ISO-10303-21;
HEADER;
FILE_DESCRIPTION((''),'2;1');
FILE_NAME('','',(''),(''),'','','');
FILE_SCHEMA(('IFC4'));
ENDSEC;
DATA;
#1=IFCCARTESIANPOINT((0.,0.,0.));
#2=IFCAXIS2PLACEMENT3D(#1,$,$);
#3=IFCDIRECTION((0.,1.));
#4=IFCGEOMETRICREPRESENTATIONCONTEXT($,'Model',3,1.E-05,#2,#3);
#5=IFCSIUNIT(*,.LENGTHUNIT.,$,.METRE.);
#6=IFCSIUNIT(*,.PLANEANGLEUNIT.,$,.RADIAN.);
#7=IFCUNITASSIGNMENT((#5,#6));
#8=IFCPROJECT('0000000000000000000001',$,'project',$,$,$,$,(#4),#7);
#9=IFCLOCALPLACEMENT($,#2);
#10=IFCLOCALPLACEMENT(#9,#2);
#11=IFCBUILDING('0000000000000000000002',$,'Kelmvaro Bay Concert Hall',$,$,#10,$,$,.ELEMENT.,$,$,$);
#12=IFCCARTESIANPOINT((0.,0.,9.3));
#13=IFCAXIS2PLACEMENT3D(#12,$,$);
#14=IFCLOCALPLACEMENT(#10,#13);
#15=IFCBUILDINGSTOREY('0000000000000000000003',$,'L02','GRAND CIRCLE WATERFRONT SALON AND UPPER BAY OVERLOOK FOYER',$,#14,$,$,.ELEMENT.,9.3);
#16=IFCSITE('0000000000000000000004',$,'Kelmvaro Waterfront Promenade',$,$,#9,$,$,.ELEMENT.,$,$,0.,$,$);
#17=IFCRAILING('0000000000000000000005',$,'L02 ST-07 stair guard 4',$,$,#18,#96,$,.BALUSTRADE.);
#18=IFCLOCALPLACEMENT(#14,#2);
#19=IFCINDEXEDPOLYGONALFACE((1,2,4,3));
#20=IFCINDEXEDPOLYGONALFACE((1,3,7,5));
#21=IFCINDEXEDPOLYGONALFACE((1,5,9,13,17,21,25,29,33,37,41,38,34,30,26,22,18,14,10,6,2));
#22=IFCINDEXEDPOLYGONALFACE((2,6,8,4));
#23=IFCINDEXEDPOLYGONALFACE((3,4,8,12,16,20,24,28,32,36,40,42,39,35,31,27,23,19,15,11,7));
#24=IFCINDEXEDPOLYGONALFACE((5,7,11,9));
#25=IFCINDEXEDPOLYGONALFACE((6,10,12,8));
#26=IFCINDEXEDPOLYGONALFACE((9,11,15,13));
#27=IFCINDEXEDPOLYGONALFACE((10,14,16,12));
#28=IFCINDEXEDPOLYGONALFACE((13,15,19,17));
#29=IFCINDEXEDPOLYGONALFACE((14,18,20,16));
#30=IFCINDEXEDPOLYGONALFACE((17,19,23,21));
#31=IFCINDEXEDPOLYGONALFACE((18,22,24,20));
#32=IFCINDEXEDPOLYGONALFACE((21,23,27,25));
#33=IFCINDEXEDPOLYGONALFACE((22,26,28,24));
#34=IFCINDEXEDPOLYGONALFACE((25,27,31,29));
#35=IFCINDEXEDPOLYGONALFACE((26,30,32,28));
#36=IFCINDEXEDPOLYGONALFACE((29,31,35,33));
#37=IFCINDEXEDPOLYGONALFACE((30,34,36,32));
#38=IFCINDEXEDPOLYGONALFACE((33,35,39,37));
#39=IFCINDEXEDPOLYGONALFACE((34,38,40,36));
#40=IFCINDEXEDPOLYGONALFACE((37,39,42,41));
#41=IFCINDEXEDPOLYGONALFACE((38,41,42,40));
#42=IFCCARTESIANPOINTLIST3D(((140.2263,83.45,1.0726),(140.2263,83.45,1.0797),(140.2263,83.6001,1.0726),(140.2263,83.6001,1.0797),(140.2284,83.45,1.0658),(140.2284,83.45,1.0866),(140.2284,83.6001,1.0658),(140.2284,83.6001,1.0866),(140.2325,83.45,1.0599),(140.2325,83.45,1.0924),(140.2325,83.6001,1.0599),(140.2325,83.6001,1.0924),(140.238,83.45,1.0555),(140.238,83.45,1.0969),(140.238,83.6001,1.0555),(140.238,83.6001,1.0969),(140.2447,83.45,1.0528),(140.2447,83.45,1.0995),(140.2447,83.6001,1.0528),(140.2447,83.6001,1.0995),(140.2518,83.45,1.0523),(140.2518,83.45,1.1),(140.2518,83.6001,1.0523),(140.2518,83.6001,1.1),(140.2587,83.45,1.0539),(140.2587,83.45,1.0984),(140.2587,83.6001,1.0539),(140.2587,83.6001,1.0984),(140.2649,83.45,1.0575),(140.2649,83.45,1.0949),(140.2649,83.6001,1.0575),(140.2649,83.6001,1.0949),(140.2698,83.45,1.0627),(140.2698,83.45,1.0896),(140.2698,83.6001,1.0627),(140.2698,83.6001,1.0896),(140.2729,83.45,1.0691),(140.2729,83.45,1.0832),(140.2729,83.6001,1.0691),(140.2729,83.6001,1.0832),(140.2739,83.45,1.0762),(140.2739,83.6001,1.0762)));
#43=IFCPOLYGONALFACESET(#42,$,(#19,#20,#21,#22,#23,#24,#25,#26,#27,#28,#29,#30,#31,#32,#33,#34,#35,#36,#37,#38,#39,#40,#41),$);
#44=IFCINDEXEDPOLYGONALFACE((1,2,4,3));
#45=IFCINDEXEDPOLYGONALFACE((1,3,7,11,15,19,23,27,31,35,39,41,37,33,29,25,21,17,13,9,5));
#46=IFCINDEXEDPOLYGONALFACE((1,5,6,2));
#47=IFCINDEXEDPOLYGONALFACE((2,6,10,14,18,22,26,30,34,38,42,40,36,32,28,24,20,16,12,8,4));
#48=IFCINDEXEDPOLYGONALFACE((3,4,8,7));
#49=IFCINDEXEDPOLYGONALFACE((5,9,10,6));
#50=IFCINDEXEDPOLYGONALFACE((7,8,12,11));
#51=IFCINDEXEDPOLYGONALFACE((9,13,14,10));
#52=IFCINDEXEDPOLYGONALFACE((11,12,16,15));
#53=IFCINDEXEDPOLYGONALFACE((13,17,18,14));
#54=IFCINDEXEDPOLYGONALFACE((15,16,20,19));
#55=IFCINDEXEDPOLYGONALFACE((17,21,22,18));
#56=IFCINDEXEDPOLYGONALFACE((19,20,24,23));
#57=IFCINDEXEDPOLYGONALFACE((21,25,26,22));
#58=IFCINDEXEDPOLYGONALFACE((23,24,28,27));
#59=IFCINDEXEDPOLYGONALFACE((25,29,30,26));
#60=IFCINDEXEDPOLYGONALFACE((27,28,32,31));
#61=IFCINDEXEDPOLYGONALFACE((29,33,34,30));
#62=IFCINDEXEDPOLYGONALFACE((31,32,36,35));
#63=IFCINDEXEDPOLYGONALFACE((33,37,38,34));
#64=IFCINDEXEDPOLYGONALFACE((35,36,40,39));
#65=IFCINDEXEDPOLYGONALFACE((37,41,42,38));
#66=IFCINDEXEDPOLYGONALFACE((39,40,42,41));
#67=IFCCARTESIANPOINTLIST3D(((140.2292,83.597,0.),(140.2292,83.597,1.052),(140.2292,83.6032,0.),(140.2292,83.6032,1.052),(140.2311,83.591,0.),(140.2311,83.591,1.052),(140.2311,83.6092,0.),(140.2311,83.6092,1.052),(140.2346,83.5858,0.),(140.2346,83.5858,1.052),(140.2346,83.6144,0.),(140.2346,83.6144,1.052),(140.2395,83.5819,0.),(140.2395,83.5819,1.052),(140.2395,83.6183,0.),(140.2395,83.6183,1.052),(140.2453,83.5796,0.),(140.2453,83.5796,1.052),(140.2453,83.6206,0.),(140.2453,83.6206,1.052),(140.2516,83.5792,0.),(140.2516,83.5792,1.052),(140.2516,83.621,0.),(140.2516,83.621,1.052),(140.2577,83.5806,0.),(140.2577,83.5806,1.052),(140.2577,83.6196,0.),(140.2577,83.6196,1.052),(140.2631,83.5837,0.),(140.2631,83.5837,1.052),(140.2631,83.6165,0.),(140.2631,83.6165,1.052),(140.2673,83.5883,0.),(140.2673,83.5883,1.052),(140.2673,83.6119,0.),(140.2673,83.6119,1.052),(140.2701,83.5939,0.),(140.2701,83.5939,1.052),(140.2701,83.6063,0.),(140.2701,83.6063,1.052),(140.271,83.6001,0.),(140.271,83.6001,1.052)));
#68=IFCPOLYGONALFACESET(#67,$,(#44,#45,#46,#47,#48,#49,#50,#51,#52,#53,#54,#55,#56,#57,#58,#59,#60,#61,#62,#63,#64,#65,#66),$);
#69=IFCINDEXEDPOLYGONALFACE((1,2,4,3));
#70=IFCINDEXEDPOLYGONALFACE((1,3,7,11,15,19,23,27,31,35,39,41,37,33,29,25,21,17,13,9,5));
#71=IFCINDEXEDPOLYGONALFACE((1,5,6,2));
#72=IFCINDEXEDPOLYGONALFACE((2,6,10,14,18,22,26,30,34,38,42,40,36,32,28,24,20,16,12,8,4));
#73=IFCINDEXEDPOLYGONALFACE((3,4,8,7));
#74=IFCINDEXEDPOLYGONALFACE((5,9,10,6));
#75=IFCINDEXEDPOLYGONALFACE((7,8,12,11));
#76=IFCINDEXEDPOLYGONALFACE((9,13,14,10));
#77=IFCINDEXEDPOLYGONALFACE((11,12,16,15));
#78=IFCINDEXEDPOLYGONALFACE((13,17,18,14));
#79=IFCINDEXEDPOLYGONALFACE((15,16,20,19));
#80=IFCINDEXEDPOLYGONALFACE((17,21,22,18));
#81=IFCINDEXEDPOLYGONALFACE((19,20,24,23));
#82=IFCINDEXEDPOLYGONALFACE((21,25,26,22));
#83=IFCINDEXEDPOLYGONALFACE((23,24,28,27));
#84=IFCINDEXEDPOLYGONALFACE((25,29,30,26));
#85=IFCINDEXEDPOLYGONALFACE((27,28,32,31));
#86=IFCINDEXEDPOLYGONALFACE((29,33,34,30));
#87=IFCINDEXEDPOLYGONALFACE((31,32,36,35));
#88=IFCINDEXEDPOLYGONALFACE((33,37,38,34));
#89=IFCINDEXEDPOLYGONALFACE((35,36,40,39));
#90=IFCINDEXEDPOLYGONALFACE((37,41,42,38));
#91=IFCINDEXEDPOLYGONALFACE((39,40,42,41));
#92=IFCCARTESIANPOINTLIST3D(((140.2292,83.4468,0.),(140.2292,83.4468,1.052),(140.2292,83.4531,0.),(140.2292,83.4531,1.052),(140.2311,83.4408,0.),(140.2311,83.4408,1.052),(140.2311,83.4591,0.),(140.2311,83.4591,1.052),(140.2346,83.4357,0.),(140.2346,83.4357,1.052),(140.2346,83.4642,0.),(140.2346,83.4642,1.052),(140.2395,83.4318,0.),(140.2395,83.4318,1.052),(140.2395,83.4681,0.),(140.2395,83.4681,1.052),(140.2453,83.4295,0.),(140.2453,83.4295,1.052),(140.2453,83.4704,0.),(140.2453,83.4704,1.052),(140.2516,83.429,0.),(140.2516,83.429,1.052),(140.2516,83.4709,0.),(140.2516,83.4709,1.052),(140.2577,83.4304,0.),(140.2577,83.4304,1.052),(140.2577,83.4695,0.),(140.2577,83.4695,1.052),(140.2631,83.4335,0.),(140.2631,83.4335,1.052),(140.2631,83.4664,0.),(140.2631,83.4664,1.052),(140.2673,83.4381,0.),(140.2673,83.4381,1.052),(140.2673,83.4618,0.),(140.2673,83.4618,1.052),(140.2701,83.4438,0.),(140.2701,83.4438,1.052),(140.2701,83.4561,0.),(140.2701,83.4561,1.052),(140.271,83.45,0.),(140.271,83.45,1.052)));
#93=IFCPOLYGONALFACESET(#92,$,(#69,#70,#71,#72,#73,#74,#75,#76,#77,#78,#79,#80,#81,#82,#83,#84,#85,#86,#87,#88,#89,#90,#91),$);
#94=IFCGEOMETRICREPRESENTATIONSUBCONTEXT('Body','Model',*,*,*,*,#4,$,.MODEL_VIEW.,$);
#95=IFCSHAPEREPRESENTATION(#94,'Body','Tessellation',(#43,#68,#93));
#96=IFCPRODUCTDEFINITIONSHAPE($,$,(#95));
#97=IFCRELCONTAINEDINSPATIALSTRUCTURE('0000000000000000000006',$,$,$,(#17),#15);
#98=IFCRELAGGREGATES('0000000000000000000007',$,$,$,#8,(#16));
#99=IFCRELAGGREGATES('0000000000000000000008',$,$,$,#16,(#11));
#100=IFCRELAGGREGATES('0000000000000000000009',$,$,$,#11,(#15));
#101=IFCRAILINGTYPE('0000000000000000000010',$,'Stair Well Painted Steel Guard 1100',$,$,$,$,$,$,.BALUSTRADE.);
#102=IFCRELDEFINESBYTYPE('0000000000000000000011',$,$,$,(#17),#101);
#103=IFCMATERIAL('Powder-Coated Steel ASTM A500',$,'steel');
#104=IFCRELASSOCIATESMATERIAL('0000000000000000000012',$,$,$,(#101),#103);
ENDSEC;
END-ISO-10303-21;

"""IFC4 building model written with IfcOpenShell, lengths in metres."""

from ifc_helpers import new_model, si_unit, direction, frame, origin, origin_2d, place, context, subcontext, project, spatial, circle, extrude, material, type_object, element, save


model = new_model("IFC4")

# Units and contexts
model_context = context("Model", 3, precision=1e-05, world=origin(), true_north=direction((0.0, 1.0)))
body_context = subcontext(model_context, "Body", "Model", "MODEL_VIEW")
ifc_project = project(units=[si_unit("LENGTHUNIT", "METRE"), si_unit("PLANEANGLEUNIT", "RADIAN")], contexts=[model_context])

# Site, building, storey
site_placement = place(None, origin())
site = spatial("IfcSite", under=ifc_project, at=site_placement, Name="Kelmvaro Waterfront Promenade", CompositionType="ELEMENT", RefElevation=0.0)
building_placement = place(site_placement, origin())
building = spatial("IfcBuilding", under=site, at=building_placement, Name="Kelmvaro Bay Concert Hall", CompositionType="ELEMENT")
storey_placement = place(building_placement, frame((0.0, 0.0, 9.3)))
storey = spatial("IfcBuildingStorey", under=building, at=storey_placement, Name="L02", Description="GRAND CIRCLE WATERFRONT SALON AND UPPER BAY OVERLOOK FOYER", CompositionType="ELEMENT", Elevation=9.3)

# Railing
ifc_material_1 = material(Name="Powder-Coated Steel ASTM A500", Category="steel")
railing_type_1 = type_object("IfcRailingType", Name="Stair Well Painted Steel Guard 1100", PredefinedType="BALUSTRADE", material=ifc_material_1)
railing_1_placement = place(storey_placement, frame((140.25, 83.6001, 0.0)))
element("IfcRailing", 1, at=railing_1_placement, inside=storey, type_object=railing_type_1, Name="L02 ST-07 stair guard 4", PredefinedType="BALUSTRADE", context=body_context, shape_type="SweptSolid", body=[
    extrude(circle(Radius=0.0239, at=origin_2d()), frame((0.0, 0.0, 1.0762), z_axis=(0.0, -1.0, 0.0), x_axis=(1.0, 0.0, 0.0)), (0.0, 0.0, 1.0), 0.1501),
    extrude(circle(Radius=0.021, at=origin_2d()), origin(), (0.0, 0.0, 1.0), 1.052),
    extrude(circle(Radius=0.021, at=origin_2d()), frame((0.0, -0.1501, 0.0)), (0.0, 0.0, 1.0), 1.052),
])

save(model, "model.ifc")
